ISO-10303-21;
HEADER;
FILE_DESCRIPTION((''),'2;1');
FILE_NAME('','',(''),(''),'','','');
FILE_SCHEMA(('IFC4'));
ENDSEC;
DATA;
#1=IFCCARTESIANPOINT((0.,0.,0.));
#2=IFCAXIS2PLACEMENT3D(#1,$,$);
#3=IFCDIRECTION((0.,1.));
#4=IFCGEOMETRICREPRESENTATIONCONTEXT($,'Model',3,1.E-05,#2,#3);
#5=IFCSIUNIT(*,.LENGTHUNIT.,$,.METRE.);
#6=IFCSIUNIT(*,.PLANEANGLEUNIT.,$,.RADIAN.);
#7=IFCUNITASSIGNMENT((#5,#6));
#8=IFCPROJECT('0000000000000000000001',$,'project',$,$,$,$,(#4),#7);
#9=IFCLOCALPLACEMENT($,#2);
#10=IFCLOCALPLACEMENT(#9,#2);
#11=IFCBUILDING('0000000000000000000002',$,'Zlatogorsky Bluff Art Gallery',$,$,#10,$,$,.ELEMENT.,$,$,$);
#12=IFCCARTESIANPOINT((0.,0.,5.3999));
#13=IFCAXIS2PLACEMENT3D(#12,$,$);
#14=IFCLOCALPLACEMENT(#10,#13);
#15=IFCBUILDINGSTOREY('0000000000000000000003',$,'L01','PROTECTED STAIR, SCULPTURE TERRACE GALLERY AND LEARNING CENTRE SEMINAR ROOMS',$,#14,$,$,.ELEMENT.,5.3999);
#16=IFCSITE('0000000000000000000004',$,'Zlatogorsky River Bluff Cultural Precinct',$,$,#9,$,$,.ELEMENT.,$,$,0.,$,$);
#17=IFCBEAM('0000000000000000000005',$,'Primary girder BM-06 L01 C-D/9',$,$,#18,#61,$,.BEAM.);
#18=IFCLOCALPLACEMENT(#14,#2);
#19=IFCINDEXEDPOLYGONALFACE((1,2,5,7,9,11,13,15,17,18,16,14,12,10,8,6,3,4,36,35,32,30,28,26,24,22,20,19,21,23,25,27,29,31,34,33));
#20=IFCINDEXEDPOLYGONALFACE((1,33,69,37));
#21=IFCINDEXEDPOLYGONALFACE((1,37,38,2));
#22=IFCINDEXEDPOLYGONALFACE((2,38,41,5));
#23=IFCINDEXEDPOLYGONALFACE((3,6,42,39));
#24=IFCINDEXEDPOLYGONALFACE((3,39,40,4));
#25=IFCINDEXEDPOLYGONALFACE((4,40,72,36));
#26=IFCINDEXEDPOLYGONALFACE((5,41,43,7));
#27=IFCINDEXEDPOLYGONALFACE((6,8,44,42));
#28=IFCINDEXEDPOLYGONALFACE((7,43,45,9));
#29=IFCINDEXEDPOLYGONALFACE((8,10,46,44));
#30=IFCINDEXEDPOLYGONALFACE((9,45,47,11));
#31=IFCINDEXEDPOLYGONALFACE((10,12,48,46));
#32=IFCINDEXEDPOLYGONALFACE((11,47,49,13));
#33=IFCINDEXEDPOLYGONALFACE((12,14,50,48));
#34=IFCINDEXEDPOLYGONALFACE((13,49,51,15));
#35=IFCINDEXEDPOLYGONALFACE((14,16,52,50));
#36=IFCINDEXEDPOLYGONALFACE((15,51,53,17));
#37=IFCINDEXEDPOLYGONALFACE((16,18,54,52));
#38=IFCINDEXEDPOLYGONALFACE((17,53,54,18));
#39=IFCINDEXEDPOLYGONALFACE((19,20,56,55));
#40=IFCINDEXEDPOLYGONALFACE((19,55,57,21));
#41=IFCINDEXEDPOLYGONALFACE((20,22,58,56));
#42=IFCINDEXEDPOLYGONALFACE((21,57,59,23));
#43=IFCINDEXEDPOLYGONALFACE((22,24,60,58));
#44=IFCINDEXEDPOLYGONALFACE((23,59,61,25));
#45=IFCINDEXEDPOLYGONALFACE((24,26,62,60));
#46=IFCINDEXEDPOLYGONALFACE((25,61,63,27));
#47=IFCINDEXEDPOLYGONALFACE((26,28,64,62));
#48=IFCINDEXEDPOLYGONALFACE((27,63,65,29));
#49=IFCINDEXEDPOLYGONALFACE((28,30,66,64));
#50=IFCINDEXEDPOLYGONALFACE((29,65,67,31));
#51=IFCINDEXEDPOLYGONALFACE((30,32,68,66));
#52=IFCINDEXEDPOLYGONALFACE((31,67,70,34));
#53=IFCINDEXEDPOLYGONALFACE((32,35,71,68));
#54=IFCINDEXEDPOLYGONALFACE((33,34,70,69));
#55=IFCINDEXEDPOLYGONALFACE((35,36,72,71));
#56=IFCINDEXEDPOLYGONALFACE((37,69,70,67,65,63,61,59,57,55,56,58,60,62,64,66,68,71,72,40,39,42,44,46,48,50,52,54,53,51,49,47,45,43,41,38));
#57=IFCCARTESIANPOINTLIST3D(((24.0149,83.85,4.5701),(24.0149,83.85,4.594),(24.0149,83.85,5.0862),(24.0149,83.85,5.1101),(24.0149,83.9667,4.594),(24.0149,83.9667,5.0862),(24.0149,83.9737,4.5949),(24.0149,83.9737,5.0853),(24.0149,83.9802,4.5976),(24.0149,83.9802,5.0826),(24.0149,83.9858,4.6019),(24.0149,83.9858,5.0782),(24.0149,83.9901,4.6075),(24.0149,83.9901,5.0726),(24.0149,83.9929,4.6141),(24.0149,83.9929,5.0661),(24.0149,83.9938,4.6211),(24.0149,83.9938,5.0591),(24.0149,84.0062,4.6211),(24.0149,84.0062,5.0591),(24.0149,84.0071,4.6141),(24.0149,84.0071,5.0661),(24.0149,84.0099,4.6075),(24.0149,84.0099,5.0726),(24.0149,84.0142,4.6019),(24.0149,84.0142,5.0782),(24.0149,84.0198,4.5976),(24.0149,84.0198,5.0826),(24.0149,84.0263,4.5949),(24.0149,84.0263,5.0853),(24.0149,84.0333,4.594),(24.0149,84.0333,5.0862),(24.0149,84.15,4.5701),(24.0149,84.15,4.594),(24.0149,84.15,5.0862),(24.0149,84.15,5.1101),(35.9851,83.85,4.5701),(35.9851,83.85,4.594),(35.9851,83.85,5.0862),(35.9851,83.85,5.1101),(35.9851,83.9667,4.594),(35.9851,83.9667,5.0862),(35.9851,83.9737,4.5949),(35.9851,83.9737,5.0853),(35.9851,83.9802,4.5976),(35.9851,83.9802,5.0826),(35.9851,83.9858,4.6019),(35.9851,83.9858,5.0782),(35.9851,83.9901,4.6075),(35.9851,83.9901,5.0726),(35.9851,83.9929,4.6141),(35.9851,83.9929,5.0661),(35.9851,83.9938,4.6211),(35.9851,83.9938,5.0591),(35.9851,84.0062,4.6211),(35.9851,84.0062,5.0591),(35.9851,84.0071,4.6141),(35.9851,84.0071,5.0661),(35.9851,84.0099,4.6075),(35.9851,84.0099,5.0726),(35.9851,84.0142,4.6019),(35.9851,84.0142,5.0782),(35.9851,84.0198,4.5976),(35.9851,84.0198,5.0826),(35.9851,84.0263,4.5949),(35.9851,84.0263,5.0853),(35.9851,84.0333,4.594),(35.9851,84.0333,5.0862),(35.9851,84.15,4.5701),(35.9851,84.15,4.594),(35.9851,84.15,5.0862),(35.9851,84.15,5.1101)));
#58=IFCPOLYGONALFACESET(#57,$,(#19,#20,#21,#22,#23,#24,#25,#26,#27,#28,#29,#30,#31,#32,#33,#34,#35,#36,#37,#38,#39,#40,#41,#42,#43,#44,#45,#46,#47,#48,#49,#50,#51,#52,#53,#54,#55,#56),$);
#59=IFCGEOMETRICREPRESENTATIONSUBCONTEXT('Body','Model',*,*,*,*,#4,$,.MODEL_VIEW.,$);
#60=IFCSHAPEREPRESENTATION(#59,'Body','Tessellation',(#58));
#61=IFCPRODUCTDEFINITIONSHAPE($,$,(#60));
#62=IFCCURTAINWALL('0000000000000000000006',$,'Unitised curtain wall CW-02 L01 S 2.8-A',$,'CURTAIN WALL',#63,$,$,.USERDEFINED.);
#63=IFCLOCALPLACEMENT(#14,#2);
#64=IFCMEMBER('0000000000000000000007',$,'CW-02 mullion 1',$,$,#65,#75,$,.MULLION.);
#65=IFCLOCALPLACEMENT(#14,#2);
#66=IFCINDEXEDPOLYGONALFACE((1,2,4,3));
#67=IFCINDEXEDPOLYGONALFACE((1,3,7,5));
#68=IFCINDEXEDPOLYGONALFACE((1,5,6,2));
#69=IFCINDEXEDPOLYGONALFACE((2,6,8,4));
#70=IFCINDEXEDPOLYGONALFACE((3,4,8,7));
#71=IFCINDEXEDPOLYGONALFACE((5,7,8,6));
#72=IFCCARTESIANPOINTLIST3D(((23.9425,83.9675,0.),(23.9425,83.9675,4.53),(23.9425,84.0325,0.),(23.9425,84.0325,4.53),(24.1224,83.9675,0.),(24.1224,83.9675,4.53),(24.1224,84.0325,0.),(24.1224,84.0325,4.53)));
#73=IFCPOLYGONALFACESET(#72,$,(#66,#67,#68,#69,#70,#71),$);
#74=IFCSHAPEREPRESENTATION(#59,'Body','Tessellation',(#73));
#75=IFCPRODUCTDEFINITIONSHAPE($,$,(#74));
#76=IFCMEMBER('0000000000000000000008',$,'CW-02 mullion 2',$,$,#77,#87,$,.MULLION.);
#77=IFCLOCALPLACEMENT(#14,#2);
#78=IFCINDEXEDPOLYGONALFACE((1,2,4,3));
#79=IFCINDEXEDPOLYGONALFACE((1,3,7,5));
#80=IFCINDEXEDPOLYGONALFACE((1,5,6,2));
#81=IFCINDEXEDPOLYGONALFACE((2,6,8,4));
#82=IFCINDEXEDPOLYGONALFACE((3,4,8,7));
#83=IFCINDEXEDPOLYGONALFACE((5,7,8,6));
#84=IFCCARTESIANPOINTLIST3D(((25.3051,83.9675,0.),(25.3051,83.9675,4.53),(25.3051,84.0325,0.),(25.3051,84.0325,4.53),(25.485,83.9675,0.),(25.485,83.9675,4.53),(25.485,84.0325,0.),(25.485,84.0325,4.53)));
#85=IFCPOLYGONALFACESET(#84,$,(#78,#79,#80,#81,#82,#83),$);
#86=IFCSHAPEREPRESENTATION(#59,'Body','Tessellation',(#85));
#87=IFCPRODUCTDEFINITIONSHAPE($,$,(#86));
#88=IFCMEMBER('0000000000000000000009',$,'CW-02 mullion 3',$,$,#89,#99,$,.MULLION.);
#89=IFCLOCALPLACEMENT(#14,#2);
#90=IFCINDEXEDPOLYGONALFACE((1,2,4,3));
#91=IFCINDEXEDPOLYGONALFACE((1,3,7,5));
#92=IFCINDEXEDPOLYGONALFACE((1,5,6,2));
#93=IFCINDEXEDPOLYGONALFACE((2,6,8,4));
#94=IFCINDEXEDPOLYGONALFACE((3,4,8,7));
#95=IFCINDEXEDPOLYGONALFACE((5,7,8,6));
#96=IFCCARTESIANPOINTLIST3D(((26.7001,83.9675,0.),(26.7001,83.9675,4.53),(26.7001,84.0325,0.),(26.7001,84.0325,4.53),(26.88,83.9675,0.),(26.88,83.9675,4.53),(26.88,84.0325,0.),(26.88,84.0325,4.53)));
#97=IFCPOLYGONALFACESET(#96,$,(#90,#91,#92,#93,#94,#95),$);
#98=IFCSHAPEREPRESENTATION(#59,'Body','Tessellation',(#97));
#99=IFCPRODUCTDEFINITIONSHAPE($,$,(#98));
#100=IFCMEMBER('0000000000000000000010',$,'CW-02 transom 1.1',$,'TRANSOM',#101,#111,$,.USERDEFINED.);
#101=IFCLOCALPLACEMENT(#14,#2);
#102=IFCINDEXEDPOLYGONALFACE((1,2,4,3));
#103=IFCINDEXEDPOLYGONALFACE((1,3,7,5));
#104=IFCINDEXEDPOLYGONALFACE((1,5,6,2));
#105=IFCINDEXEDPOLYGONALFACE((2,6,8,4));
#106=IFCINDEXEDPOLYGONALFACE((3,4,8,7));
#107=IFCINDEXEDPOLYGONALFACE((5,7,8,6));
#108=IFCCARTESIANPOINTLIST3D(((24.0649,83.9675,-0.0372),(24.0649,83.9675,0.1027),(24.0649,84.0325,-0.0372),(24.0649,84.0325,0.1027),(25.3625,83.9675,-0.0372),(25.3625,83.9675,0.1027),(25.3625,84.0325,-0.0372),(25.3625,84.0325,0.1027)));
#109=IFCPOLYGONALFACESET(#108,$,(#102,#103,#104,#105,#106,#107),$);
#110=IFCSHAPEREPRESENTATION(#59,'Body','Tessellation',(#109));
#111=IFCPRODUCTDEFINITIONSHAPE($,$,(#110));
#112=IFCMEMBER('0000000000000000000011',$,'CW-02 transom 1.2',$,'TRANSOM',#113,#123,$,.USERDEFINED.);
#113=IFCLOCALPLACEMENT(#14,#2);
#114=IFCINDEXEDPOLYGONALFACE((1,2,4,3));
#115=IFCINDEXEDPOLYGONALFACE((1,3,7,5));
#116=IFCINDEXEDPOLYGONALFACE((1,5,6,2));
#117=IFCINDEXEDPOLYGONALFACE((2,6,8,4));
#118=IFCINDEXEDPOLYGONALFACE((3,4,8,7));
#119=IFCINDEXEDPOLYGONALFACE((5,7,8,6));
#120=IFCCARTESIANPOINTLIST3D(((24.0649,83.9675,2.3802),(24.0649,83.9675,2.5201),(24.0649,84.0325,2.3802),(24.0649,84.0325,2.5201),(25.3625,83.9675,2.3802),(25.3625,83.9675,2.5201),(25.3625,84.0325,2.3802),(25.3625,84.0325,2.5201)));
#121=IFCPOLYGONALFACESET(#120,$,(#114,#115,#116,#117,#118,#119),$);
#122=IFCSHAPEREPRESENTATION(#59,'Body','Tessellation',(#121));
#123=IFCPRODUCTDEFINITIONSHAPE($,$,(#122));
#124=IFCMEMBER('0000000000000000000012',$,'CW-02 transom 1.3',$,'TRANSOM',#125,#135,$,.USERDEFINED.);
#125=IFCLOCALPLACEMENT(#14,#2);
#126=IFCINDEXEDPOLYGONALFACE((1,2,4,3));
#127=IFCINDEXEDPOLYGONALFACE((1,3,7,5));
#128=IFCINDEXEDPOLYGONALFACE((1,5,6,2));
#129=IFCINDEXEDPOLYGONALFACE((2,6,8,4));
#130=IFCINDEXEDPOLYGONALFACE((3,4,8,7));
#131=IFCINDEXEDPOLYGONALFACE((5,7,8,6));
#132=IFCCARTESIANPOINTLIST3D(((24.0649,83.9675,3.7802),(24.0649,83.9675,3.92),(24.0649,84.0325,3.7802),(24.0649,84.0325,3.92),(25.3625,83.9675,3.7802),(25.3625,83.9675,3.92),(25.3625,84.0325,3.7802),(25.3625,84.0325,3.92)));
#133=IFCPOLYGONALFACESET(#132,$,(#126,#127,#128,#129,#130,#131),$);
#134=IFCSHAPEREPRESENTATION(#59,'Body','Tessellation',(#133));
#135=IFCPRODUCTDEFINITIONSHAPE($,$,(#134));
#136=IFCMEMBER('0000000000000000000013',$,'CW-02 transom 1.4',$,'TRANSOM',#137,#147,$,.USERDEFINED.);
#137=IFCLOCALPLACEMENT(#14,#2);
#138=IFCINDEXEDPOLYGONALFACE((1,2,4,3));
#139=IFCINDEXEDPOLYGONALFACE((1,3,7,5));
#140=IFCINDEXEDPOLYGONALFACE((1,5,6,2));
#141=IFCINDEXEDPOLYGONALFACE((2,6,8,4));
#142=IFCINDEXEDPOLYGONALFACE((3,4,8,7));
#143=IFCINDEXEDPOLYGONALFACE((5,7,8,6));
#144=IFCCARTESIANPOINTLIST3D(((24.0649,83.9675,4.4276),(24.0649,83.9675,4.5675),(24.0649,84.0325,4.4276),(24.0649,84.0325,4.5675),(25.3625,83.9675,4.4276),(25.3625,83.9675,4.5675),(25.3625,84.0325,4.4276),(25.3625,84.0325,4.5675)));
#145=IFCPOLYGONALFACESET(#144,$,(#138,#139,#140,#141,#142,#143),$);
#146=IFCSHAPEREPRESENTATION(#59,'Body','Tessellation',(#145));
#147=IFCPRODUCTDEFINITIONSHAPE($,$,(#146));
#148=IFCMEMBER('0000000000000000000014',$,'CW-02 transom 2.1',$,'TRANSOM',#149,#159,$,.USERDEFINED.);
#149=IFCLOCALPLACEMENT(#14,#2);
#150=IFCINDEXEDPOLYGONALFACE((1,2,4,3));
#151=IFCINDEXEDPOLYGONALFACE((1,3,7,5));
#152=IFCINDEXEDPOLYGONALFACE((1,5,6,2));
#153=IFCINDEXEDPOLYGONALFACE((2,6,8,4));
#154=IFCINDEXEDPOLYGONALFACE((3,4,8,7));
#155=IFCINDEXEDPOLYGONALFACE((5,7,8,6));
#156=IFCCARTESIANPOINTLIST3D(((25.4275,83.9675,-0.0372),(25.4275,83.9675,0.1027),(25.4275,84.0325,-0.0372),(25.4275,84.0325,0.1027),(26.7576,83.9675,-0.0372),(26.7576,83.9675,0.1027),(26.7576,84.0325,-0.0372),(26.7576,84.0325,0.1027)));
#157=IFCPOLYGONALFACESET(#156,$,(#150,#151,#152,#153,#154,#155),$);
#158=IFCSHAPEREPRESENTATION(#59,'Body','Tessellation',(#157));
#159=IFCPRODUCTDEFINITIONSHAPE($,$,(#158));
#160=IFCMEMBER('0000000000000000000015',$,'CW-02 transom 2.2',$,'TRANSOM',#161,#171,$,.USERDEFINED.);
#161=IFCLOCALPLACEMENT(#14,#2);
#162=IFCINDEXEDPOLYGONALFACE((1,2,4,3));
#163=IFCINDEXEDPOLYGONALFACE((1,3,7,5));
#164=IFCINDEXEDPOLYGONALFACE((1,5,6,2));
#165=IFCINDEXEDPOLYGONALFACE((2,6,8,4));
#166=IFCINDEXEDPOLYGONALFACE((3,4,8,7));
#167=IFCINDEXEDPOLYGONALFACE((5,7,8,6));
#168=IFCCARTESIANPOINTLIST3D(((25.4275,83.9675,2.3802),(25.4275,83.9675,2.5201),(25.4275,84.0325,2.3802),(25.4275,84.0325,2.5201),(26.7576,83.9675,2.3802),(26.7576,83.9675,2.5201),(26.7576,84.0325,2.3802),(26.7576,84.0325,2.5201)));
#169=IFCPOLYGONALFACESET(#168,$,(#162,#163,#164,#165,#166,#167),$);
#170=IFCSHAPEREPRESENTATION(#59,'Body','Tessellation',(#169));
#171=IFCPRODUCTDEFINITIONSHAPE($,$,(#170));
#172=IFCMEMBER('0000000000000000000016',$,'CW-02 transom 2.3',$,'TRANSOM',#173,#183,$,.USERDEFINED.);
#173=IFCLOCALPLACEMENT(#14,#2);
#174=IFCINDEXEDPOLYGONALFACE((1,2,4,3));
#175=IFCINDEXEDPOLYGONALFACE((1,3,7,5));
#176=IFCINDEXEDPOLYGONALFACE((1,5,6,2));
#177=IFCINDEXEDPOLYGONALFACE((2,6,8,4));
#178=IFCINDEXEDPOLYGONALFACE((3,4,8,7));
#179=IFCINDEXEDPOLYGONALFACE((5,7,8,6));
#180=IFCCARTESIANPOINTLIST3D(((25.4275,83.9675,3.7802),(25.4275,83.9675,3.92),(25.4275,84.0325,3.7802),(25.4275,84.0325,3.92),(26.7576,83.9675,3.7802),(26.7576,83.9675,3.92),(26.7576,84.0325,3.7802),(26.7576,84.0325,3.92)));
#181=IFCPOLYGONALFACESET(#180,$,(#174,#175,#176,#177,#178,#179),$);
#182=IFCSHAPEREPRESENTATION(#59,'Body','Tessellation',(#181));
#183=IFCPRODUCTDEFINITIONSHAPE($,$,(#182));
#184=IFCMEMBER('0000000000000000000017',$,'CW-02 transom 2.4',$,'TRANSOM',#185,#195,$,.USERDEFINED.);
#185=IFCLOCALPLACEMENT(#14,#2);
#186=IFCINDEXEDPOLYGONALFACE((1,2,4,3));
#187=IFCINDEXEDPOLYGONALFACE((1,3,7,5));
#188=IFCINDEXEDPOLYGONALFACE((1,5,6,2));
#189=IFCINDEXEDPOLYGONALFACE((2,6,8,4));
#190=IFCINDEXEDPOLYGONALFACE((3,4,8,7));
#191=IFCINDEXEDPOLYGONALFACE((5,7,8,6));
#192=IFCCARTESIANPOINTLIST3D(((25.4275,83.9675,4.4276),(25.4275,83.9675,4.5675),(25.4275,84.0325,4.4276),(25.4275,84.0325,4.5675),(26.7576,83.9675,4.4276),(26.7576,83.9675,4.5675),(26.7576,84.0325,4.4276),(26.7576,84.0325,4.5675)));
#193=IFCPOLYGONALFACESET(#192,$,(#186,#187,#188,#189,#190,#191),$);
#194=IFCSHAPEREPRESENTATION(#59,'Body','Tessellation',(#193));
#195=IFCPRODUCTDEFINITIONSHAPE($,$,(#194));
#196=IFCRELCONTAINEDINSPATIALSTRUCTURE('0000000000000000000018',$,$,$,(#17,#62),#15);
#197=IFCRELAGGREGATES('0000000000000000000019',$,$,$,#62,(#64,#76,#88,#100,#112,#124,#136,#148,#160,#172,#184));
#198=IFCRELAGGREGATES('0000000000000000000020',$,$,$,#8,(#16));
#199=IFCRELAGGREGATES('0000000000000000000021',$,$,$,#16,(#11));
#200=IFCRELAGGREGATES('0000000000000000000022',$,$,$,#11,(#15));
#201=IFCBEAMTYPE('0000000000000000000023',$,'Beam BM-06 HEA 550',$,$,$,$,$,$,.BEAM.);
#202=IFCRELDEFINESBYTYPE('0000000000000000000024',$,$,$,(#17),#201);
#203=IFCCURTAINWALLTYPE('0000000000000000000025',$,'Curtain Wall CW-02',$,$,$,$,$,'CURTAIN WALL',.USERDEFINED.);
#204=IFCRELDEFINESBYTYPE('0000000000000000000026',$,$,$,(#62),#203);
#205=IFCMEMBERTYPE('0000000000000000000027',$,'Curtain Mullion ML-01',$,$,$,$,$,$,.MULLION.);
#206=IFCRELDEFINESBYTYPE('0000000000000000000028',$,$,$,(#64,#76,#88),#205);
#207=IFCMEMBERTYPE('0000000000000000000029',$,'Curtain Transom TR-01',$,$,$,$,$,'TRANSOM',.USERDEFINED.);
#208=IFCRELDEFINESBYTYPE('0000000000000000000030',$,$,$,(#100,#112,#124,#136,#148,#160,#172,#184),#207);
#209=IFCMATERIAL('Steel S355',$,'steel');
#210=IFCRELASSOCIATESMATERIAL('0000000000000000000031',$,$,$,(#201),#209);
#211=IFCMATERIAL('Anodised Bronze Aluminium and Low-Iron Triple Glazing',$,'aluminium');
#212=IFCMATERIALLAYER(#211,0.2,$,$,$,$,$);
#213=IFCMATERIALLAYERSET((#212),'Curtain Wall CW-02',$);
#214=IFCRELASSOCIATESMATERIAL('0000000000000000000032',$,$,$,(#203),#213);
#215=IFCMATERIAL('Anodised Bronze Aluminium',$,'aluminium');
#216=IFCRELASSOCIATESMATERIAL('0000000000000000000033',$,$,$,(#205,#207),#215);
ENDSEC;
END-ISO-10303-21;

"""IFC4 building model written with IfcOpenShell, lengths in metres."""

from ifc_helpers import new_model, si_unit, direction, frame, origin, origin_2d, place, context, subcontext, project, spatial, rectangle, i_section, extrude, material, layer, layer_set, material_profile, profile_set, type_object, element, aggregate, save


model = new_model("IFC4")

# Units and contexts
model_context = context("Model", 3, precision=1e-05, world=origin(), true_north=direction((0.0, 1.0)))
body_context = subcontext(model_context, "Body", "Model", "MODEL_VIEW")
ifc_project = project(units=[si_unit("LENGTHUNIT", "METRE"), si_unit("PLANEANGLEUNIT", "RADIAN")], contexts=[model_context])

# Site, building, storey
site_placement = place(None, origin())
site = spatial("IfcSite", under=ifc_project, at=site_placement, Name="Zlatogorsky River Bluff Cultural Precinct", CompositionType="ELEMENT", RefElevation=0.0)
building_placement = place(site_placement, origin())
building = spatial("IfcBuilding", under=site, at=building_placement, Name="Zlatogorsky Bluff Art Gallery", CompositionType="ELEMENT")
storey_placement = place(building_placement, frame((0.0, 0.0, 5.3999)))
storey = spatial("IfcBuildingStorey", under=building, at=storey_placement, Name="L01", Description="PROTECTED STAIR, SCULPTURE TERRACE GALLERY AND LEARNING CENTRE SEMINAR ROOMS", CompositionType="ELEMENT", Elevation=5.3999)

# Beam
ifc_material_1 = material(Name="Steel S355", Category="steel")
ifc_material_profile_1 = material_profile(ifc_material_1, i_section(OverallWidth=0.3, OverallDepth=0.54, WebThickness=0.0125, FlangeThickness=0.0239, FilletRadius=0.0271, at=origin_2d()), Name="HEA 550")
ifc_profile_set_1 = profile_set([ifc_material_profile_1], Name="Steel S355")
beam_type = type_object("IfcBeamType", Name="Beam BM-06 HEA 550", PredefinedType="BEAM", material=ifc_profile_set_1)
beam_placement = place(storey_placement, frame((24.0149, 84.0, 4.8401), z_axis=(1.0, 0.0, 0.0), x_axis=(0.0, 1.0, 0.0)))
element("IfcBeam", 1, at=beam_placement, inside=storey, type_object=beam_type, Name="Primary girder BM-06 L01 C-D/9", PredefinedType="BEAM", context=body_context, shape_type="SweptSolid", body=[
    extrude(i_section(OverallWidth=0.3, OverallDepth=0.54, WebThickness=0.0125, FlangeThickness=0.0239, FilletRadius=0.0271, at=origin_2d()), origin(), (0.0, 0.0, 1.0), 11.9702),
])

# Curtain wall, members
ifc_material_2 = material(Name="Anodised Bronze Aluminium and Low-Iron Triple Glazing", Category="aluminium")
ifc_layer_1 = layer(ifc_material_2, 0.2)
ifc_layer_set_1 = layer_set([ifc_layer_1], Name="Curtain Wall CW-02")
curtain_wall_type_1 = type_object("IfcCurtainWallType", Name="Curtain Wall CW-02", ElementType="CURTAIN WALL", PredefinedType="USERDEFINED", material=ifc_layer_set_1)
curtain_wall_1_placement = place(storey_placement, origin())
curtain_wall_1 = element("IfcCurtainWall", 2, at=curtain_wall_1_placement, inside=storey, type_object=curtain_wall_type_1, Name="Unitised curtain wall CW-02 L01 S 2.8-A", ObjectType="CURTAIN WALL", PredefinedType="USERDEFINED")
ifc_material_3 = material(Name="Anodised Bronze Aluminium", Category="aluminium")
ifc_material_profile_2 = material_profile(ifc_material_3, rectangle(XDim=0.0649, YDim=0.1799, at=origin_2d()), Name="ALU MULLION 65x180")
ifc_profile_set_2 = profile_set([ifc_material_profile_2], Name="Anodised Bronze Aluminium")
member_type_1 = type_object("IfcMemberType", Name="Curtain Mullion ML-01", PredefinedType="MULLION", material=ifc_profile_set_2)
member_1_placement = place(storey_placement, frame((24.0325, 84.0, 0.0), z_axis=(0.0, 0.0, 1.0), x_axis=(0.0, 1.0, 0.0)))
member_1 = element("IfcMember", 3, at=member_1_placement, type_object=member_type_1, Name="CW-02 mullion 1", PredefinedType="MULLION", context=body_context, shape_type="SweptSolid", body=[
    extrude(rectangle(XDim=0.0649, YDim=0.1799, at=origin_2d()), origin(), (0.0, 0.0, 1.0), 4.53),
])
member_2_placement = place(storey_placement, frame((25.395, 84.0, 0.0), z_axis=(0.0, 0.0, 1.0), x_axis=(0.0, 1.0, 0.0)))
member_2 = element("IfcMember", 4, at=member_2_placement, type_object=member_type_1, Name="CW-02 mullion 2", PredefinedType="MULLION", context=body_context, shape_type="SweptSolid", body=[
    extrude(rectangle(XDim=0.0649, YDim=0.1799, at=origin_2d()), origin(), (0.0, 0.0, 1.0), 4.53),
])
member_3_placement = place(storey_placement, frame((26.79, 84.0, 0.0), z_axis=(0.0, 0.0, 1.0), x_axis=(0.0, 1.0, 0.0)))
member_3 = element("IfcMember", 5, at=member_3_placement, type_object=member_type_1, Name="CW-02 mullion 3", PredefinedType="MULLION", context=body_context, shape_type="SweptSolid", body=[
    extrude(rectangle(XDim=0.0649, YDim=0.1799, at=origin_2d()), origin(), (0.0, 0.0, 1.0), 4.53),
])
ifc_material_profile_3 = material_profile(ifc_material_3, rectangle(XDim=0.0649, YDim=0.1399, at=origin_2d()), Name="ALU TRANSOM 65x140")
ifc_profile_set_3 = profile_set([ifc_material_profile_3], Name="Anodised Bronze Aluminium")
member_type_2 = type_object("IfcMemberType", Name="Curtain Transom TR-01", ElementType="TRANSOM", PredefinedType="USERDEFINED", material=ifc_profile_set_3)
member_4_placement = place(storey_placement, frame((24.0649, 84.0, 0.0327), z_axis=(1.0, 0.0, 0.0), x_axis=(0.0, 1.0, 0.0)))
member_4 = element("IfcMember", 6, at=member_4_placement, type_object=member_type_2, Name="CW-02 transom 1.1", ObjectType="TRANSOM", PredefinedType="USERDEFINED", context=body_context, shape_type="SweptSolid", body=[
    extrude(rectangle(XDim=0.0649, YDim=0.1399, at=origin_2d()), origin(), (0.0, 0.0, 1.0), 1.2976),
])
member_5_placement = place(storey_placement, frame((24.0649, 84.0, 2.4502), z_axis=(1.0, 0.0, 0.0), x_axis=(0.0, 1.0, 0.0)))
member_5 = element("IfcMember", 7, at=member_5_placement, type_object=member_type_2, Name="CW-02 transom 1.2", ObjectType="TRANSOM", PredefinedType="USERDEFINED", context=body_context, shape_type="SweptSolid", body=[
    extrude(rectangle(XDim=0.0649, YDim=0.1399, at=origin_2d()), origin(), (0.0, 0.0, 1.0), 1.2976),
])
member_6_placement = place(storey_placement, frame((24.0649, 84.0, 3.8501), z_axis=(1.0, 0.0, 0.0), x_axis=(0.0, 1.0, 0.0)))
member_6 = element("IfcMember", 8, at=member_6_placement, type_object=member_type_2, Name="CW-02 transom 1.3", ObjectType="TRANSOM", PredefinedType="USERDEFINED", context=body_context, shape_type="SweptSolid", body=[
    extrude(rectangle(XDim=0.0649, YDim=0.1399, at=origin_2d()), origin(), (0.0, 0.0, 1.0), 1.2976),
])
member_7_placement = place(storey_placement, frame((24.0649, 84.0, 4.4976), z_axis=(1.0, 0.0, 0.0), x_axis=(0.0, 1.0, 0.0)))
member_7 = element("IfcMember", 9, at=member_7_placement, type_object=member_type_2, Name="CW-02 transom 1.4", ObjectType="TRANSOM", PredefinedType="USERDEFINED", context=body_context, shape_type="SweptSolid", body=[
    extrude(rectangle(XDim=0.0649, YDim=0.1399, at=origin_2d()), origin(), (0.0, 0.0, 1.0), 1.2976),
])
member_8_placement = place(storey_placement, frame((25.4275, 84.0, 0.0327), z_axis=(1.0, 0.0, 0.0), x_axis=(0.0, 1.0, 0.0)))
member_8 = element("IfcMember", 10, at=member_8_placement, type_object=member_type_2, Name="CW-02 transom 2.1", ObjectType="TRANSOM", PredefinedType="USERDEFINED", context=body_context, shape_type="SweptSolid", body=[
    extrude(rectangle(XDim=0.0649, YDim=0.1399, at=origin_2d()), origin(), (0.0, 0.0, 1.0), 1.3301),
])
member_9_placement = place(storey_placement, frame((25.4275, 84.0, 2.4502), z_axis=(1.0, 0.0, 0.0), x_axis=(0.0, 1.0, 0.0)))
member_9 = element("IfcMember", 11, at=member_9_placement, type_object=member_type_2, Name="CW-02 transom 2.2", ObjectType="TRANSOM", PredefinedType="USERDEFINED", context=body_context, shape_type="SweptSolid", body=[
    extrude(rectangle(XDim=0.0649, YDim=0.1399, at=origin_2d()), origin(), (0.0, 0.0, 1.0), 1.3301),
])
member_10_placement = place(storey_placement, frame((25.4275, 84.0, 3.8501), z_axis=(1.0, 0.0, 0.0), x_axis=(0.0, 1.0, 0.0)))
member_10 = element("IfcMember", 12, at=member_10_placement, type_object=member_type_2, Name="CW-02 transom 2.3", ObjectType="TRANSOM", PredefinedType="USERDEFINED", context=body_context, shape_type="SweptSolid", body=[
    extrude(rectangle(XDim=0.0649, YDim=0.1399, at=origin_2d()), origin(), (0.0, 0.0, 1.0), 1.3301),
])
member_11_placement = place(storey_placement, frame((25.4275, 84.0, 4.4976), z_axis=(1.0, 0.0, 0.0), x_axis=(0.0, 1.0, 0.0)))
member_11 = element("IfcMember", 13, at=member_11_placement, type_object=member_type_2, Name="CW-02 transom 2.4", ObjectType="TRANSOM", PredefinedType="USERDEFINED", context=body_context, shape_type="SweptSolid", body=[
    extrude(rectangle(XDim=0.0649, YDim=0.1399, at=origin_2d()), origin(), (0.0, 0.0, 1.0), 1.3301),
])

aggregate(curtain_wall_1, [member_1, member_2, member_3, member_4, member_5, member_6, member_7, member_8, member_9, member_10, member_11])

save(model, "model.ifc")
